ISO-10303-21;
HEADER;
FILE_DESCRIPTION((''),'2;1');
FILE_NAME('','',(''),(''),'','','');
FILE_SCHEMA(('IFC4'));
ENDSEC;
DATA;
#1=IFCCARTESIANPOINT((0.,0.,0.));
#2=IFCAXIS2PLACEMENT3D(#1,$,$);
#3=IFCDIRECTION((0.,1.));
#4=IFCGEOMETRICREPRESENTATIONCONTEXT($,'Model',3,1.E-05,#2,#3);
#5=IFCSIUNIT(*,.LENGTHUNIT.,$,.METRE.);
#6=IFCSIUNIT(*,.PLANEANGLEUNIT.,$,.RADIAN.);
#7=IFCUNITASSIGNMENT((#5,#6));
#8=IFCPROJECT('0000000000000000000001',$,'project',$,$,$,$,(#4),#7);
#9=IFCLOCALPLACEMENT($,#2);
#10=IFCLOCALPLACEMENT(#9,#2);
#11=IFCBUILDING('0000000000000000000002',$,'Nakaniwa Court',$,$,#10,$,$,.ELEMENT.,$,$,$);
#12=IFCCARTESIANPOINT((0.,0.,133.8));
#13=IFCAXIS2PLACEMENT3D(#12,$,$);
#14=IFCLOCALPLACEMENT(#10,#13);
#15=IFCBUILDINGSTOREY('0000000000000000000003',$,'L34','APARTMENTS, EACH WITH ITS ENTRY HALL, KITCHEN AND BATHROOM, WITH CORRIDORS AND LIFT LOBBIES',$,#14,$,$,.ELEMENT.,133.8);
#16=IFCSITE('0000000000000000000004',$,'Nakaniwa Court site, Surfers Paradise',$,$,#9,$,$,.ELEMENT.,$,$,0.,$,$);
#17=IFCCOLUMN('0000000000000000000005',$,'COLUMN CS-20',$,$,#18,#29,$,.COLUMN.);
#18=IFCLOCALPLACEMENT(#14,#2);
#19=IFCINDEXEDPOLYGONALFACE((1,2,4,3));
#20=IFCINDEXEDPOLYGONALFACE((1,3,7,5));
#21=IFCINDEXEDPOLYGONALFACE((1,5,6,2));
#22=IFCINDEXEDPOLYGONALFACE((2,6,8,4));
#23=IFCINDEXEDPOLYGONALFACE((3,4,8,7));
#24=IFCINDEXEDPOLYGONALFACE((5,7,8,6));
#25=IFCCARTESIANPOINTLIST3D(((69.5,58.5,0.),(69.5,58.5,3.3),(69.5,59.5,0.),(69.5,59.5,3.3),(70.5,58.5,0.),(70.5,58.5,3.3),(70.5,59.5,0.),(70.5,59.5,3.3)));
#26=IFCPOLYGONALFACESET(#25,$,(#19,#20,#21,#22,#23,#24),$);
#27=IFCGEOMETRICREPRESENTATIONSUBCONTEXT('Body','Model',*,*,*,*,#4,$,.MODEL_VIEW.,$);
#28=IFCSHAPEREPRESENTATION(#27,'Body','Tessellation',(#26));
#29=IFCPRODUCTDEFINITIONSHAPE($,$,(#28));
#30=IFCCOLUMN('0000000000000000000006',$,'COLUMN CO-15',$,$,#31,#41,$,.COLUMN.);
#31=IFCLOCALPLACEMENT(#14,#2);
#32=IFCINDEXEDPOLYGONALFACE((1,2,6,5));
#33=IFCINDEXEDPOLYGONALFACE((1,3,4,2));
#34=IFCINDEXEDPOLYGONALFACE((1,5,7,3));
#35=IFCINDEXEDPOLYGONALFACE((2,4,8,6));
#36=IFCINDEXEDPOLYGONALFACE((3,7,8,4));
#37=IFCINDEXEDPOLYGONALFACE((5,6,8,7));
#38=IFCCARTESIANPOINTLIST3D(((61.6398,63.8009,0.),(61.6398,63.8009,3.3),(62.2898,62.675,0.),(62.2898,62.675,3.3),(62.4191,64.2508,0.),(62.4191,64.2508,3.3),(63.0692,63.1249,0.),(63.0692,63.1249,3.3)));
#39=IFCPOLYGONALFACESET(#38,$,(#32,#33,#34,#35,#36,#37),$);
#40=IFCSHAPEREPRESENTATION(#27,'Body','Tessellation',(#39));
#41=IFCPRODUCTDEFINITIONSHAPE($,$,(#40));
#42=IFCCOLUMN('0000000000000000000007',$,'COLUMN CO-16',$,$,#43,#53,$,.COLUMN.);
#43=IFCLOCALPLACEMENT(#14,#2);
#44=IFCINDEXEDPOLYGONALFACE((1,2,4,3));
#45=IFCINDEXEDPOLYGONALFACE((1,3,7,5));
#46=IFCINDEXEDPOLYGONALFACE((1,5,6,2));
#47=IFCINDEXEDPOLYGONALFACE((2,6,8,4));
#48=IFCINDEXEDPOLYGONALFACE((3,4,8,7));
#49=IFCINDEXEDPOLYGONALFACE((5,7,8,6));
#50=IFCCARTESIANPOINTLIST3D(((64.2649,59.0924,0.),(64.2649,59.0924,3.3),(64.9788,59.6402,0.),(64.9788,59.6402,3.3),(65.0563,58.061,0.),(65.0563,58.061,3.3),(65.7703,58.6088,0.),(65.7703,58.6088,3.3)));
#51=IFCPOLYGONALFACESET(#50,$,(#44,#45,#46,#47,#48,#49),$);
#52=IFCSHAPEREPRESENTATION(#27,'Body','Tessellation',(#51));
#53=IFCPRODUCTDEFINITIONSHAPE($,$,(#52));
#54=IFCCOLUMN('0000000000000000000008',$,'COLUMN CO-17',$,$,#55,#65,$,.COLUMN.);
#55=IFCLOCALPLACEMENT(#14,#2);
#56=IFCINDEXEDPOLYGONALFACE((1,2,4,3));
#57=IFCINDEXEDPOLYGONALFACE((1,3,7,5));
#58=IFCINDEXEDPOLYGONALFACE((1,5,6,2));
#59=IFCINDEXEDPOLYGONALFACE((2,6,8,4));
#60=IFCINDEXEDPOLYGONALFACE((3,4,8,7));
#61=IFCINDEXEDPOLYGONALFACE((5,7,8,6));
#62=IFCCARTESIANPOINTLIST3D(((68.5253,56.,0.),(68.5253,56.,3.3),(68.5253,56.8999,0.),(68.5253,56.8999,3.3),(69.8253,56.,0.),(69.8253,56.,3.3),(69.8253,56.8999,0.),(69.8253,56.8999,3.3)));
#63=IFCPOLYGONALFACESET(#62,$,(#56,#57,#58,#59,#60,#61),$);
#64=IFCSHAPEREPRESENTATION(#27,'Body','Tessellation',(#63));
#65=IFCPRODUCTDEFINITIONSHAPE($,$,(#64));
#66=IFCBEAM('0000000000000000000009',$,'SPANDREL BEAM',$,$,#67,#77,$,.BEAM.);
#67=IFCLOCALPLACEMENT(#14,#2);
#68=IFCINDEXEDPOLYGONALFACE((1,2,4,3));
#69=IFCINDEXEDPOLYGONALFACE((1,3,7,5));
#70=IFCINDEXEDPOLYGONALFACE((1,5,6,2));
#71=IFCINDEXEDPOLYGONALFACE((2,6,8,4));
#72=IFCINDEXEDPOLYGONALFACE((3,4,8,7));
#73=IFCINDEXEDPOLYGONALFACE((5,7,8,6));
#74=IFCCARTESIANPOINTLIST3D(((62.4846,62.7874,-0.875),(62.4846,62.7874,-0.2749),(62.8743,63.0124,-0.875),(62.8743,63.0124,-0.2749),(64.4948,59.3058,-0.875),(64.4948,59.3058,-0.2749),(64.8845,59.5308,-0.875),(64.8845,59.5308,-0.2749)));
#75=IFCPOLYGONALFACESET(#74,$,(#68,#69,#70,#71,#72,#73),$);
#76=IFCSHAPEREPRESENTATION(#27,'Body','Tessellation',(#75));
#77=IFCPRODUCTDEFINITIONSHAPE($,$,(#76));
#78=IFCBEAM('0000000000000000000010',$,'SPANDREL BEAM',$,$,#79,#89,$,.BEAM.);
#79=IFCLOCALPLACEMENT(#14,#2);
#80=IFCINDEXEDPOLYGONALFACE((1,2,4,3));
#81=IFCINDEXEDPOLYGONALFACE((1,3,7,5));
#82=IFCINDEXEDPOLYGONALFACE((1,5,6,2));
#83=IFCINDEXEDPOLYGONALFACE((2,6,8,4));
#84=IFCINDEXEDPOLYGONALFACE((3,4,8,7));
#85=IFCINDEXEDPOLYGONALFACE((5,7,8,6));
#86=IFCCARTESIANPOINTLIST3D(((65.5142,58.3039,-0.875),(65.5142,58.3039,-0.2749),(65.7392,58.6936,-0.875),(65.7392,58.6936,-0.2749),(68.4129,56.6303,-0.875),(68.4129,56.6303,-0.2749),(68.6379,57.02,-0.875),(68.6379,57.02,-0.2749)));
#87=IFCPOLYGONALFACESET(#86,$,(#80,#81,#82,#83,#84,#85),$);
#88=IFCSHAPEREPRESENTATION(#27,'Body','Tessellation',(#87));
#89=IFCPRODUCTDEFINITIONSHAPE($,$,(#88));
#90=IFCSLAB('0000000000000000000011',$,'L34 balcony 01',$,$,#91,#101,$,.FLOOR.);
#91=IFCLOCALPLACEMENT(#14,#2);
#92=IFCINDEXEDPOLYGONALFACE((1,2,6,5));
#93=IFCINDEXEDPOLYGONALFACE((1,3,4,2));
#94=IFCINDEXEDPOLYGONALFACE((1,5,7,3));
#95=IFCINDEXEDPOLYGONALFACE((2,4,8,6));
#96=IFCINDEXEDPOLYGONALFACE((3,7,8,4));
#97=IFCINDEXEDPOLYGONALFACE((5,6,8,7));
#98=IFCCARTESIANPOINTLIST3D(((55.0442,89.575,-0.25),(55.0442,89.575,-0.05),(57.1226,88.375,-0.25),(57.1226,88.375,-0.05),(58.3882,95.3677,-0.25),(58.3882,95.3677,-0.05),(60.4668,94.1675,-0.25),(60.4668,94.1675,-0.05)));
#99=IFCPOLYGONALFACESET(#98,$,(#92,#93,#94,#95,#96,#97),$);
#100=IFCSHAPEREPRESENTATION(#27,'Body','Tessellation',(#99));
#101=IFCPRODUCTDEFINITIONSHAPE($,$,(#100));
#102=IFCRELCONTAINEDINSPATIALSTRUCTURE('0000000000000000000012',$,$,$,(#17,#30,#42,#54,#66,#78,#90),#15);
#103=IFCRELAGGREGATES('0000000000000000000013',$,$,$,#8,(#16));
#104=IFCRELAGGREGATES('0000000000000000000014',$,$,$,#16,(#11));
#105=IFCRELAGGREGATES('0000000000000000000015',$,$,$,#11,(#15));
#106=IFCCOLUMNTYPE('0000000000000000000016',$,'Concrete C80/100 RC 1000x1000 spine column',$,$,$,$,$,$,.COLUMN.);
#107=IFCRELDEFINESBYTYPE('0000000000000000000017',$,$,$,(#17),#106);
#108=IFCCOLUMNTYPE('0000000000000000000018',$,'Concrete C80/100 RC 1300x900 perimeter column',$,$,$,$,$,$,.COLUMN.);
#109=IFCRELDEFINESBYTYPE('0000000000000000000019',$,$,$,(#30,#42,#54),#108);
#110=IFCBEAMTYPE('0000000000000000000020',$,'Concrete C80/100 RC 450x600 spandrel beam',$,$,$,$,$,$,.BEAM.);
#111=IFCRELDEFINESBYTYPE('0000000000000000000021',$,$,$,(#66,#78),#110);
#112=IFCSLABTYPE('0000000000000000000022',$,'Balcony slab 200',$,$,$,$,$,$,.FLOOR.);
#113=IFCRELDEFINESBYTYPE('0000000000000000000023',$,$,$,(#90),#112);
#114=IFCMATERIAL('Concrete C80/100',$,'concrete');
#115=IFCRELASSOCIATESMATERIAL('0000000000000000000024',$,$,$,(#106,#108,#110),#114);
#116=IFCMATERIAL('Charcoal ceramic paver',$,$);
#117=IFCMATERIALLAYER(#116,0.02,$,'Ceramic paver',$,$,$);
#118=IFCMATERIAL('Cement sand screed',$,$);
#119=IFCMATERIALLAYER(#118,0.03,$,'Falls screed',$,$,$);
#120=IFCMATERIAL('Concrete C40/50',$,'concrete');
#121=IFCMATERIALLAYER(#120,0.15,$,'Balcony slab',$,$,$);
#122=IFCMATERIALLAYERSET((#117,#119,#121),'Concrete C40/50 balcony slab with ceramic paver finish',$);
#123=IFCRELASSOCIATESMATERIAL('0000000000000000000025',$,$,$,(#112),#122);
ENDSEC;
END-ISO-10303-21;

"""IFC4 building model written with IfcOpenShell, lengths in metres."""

from ifc_helpers import new_model, si_unit, direction, frame, origin, origin_2d, place, context, subcontext, project, spatial, polyline, rectangle, outline, extrude, material, layer, layer_set, material_profile, profile_set, type_object, element, save


model = new_model("IFC4")

# Units and contexts
model_context = context("Model", 3, precision=1e-05, world=origin(), true_north=direction((0.0, 1.0)))
body_context = subcontext(model_context, "Body", "Model", "MODEL_VIEW")
ifc_project = project(units=[si_unit("LENGTHUNIT", "METRE"), si_unit("PLANEANGLEUNIT", "RADIAN")], contexts=[model_context])

# Site, building, storey
site_placement = place(None, origin())
site = spatial("IfcSite", under=ifc_project, at=site_placement, Name="Nakaniwa Court site, Surfers Paradise", CompositionType="ELEMENT", RefElevation=0.0)
building_placement = place(site_placement, origin())
building = spatial("IfcBuilding", under=site, at=building_placement, Name="Nakaniwa Court", CompositionType="ELEMENT")
storey_placement = place(building_placement, frame((0.0, 0.0, 133.8)))
storey = spatial("IfcBuildingStorey", under=building, at=storey_placement, Name="L34", Description="APARTMENTS, EACH WITH ITS ENTRY HALL, KITCHEN AND BATHROOM, WITH CORRIDORS AND LIFT LOBBIES", CompositionType="ELEMENT", Elevation=133.8)

# Columns
ifc_material_1 = material(Name="Concrete C80/100", Category="concrete")
ifc_material_profile_1 = material_profile(ifc_material_1, rectangle(XDim=1.0, YDim=1.0, at=origin_2d()), Name="Concrete C80/100 RC 1000x1000 spine column")
ifc_profile_set_1 = profile_set([ifc_material_profile_1], Name="Concrete C80/100")
column_type_1 = type_object("IfcColumnType", Name="Concrete C80/100 RC 1000x1000 spine column", PredefinedType="COLUMN", material=ifc_profile_set_1)
column_placement = place(storey_placement, frame((70.0, 59.0, 0.0), z_axis=(0.0, 0.0, 1.0), x_axis=(0.0, -1.0, 0.0)))
element("IfcColumn", 1, at=column_placement, inside=storey, type_object=column_type_1, Name="COLUMN CS-20", PredefinedType="COLUMN", context=body_context, shape_type="SweptSolid", body=[
    extrude(rectangle(XDim=1.0, YDim=1.0, at=origin_2d()), origin(), (0.0, 0.0, 1.0), 3.3),
])
ifc_material_profile_2 = material_profile(ifc_material_1, rectangle(XDim=1.3, YDim=0.8999, at=origin_2d()), Name="Concrete C80/100 RC 1300x900 perimeter column")
ifc_profile_set_2 = profile_set([ifc_material_profile_2], Name="Concrete C80/100")
column_type_2 = type_object("IfcColumnType", Name="Concrete C80/100 RC 1300x900 perimeter column", PredefinedType="COLUMN", material=ifc_profile_set_2)
for number, where, z_axis, x_axis, name in (
    (2, (62.3545, 63.4629, 0.0), (0.0, 0.0, 1.0), (0.5, -0.866025, 0.0), "COLUMN CO-15"),
    (3, (65.0176, 58.8506, 0.0), (0.0, 0.0, 1.0), (0.608761, -0.793353, 0.0), "COLUMN CO-16"),
    (4, (69.1753, 56.45, 0.0), (0.0, 0.0, 1.0), (1.0, 0.0, 0.0), "COLUMN CO-17"),
):
    element("IfcColumn", number, at=place(storey_placement, frame(where, z_axis=z_axis, x_axis=x_axis)), inside=storey, type_object=column_type_2, Name=name, PredefinedType="COLUMN", context=body_context, shape_type="SweptSolid", body=[
        extrude(rectangle(XDim=1.3, YDim=0.8999, at=origin_2d()), origin(), (0.0, 0.0, 1.0), 3.3),
    ])

# Beams
ifc_material_profile_3 = material_profile(ifc_material_1, rectangle(XDim=0.45, YDim=0.6001, at=origin_2d()), Name="Concrete C80/100 RC 450x600 spandrel beam")
ifc_profile_set_3 = profile_set([ifc_material_profile_3], Name="Concrete C80/100")
beam_type = type_object("IfcBeamType", Name="Concrete C80/100 RC 450x600 spandrel beam", PredefinedType="BEAM", material=ifc_profile_set_3)
beam_1_placement = place(storey_placement, frame((62.6794, 62.8999, -0.575), z_axis=(0.500019, -0.866015, 0.0), x_axis=(0.866015, 0.500019, 0.0)))
element("IfcBeam", 5, at=beam_1_placement, inside=storey, type_object=beam_type, Name="SPANDREL BEAM", PredefinedType="BEAM", context=body_context, shape_type="SweptSolid", body=[
    extrude(rectangle(XDim=0.45, YDim=0.6001, at=origin_2d()), origin(), (0.0, 0.0, 1.0), 4.0203),
])
beam_2_placement = place(storey_placement, frame((65.6267, 58.4988, -0.575), z_axis=(0.866022, -0.500007, 0.0), x_axis=(0.500007, 0.866022, 0.0)))
element("IfcBeam", 6, at=beam_2_placement, inside=storey, type_object=beam_type, Name="SPANDREL BEAM", PredefinedType="BEAM", context=body_context, shape_type="SweptSolid", body=[
    extrude(rectangle(XDim=0.45, YDim=0.6001, at=origin_2d()), origin(), (0.0, 0.0, 1.0), 3.3472),
])

# Slab
ifc_material_2 = material(Name="Charcoal ceramic paver")
ifc_layer_1 = layer(ifc_material_2, 0.02, Name="Ceramic paver")
ifc_material_3 = material(Name="Cement sand screed")
ifc_layer_2 = layer(ifc_material_3, 0.03, Name="Falls screed")
ifc_material_4 = material(Name="Concrete C40/50", Category="concrete")
ifc_layer_3 = layer(ifc_material_4, 0.15, Name="Balcony slab")
ifc_layer_set_1 = layer_set([ifc_layer_1, ifc_layer_2, ifc_layer_3], Name="Concrete C40/50 balcony slab with ceramic paver finish")
slab_type_1 = type_object("IfcSlabType", Name="Balcony slab 200", PredefinedType="FLOOR", material=ifc_layer_set_1)
slab_1_placement = place(storey_placement, frame((0.0, 0.0, -0.25)))
element("IfcSlab", 7, at=slab_1_placement, inside=storey, type_object=slab_type_1, Name="L34 balcony 01", PredefinedType="FLOOR", context=body_context, shape_type="SweptSolid", body=[
    extrude(outline(polyline([(60.4668, 94.1675), (57.1226, 88.375), (55.0442, 89.575), (58.3882, 95.3677), (60.4668, 94.1675)])), origin(), (0.0, 0.0, 1.0), 0.2),
])

save(model, "model.ifc")
